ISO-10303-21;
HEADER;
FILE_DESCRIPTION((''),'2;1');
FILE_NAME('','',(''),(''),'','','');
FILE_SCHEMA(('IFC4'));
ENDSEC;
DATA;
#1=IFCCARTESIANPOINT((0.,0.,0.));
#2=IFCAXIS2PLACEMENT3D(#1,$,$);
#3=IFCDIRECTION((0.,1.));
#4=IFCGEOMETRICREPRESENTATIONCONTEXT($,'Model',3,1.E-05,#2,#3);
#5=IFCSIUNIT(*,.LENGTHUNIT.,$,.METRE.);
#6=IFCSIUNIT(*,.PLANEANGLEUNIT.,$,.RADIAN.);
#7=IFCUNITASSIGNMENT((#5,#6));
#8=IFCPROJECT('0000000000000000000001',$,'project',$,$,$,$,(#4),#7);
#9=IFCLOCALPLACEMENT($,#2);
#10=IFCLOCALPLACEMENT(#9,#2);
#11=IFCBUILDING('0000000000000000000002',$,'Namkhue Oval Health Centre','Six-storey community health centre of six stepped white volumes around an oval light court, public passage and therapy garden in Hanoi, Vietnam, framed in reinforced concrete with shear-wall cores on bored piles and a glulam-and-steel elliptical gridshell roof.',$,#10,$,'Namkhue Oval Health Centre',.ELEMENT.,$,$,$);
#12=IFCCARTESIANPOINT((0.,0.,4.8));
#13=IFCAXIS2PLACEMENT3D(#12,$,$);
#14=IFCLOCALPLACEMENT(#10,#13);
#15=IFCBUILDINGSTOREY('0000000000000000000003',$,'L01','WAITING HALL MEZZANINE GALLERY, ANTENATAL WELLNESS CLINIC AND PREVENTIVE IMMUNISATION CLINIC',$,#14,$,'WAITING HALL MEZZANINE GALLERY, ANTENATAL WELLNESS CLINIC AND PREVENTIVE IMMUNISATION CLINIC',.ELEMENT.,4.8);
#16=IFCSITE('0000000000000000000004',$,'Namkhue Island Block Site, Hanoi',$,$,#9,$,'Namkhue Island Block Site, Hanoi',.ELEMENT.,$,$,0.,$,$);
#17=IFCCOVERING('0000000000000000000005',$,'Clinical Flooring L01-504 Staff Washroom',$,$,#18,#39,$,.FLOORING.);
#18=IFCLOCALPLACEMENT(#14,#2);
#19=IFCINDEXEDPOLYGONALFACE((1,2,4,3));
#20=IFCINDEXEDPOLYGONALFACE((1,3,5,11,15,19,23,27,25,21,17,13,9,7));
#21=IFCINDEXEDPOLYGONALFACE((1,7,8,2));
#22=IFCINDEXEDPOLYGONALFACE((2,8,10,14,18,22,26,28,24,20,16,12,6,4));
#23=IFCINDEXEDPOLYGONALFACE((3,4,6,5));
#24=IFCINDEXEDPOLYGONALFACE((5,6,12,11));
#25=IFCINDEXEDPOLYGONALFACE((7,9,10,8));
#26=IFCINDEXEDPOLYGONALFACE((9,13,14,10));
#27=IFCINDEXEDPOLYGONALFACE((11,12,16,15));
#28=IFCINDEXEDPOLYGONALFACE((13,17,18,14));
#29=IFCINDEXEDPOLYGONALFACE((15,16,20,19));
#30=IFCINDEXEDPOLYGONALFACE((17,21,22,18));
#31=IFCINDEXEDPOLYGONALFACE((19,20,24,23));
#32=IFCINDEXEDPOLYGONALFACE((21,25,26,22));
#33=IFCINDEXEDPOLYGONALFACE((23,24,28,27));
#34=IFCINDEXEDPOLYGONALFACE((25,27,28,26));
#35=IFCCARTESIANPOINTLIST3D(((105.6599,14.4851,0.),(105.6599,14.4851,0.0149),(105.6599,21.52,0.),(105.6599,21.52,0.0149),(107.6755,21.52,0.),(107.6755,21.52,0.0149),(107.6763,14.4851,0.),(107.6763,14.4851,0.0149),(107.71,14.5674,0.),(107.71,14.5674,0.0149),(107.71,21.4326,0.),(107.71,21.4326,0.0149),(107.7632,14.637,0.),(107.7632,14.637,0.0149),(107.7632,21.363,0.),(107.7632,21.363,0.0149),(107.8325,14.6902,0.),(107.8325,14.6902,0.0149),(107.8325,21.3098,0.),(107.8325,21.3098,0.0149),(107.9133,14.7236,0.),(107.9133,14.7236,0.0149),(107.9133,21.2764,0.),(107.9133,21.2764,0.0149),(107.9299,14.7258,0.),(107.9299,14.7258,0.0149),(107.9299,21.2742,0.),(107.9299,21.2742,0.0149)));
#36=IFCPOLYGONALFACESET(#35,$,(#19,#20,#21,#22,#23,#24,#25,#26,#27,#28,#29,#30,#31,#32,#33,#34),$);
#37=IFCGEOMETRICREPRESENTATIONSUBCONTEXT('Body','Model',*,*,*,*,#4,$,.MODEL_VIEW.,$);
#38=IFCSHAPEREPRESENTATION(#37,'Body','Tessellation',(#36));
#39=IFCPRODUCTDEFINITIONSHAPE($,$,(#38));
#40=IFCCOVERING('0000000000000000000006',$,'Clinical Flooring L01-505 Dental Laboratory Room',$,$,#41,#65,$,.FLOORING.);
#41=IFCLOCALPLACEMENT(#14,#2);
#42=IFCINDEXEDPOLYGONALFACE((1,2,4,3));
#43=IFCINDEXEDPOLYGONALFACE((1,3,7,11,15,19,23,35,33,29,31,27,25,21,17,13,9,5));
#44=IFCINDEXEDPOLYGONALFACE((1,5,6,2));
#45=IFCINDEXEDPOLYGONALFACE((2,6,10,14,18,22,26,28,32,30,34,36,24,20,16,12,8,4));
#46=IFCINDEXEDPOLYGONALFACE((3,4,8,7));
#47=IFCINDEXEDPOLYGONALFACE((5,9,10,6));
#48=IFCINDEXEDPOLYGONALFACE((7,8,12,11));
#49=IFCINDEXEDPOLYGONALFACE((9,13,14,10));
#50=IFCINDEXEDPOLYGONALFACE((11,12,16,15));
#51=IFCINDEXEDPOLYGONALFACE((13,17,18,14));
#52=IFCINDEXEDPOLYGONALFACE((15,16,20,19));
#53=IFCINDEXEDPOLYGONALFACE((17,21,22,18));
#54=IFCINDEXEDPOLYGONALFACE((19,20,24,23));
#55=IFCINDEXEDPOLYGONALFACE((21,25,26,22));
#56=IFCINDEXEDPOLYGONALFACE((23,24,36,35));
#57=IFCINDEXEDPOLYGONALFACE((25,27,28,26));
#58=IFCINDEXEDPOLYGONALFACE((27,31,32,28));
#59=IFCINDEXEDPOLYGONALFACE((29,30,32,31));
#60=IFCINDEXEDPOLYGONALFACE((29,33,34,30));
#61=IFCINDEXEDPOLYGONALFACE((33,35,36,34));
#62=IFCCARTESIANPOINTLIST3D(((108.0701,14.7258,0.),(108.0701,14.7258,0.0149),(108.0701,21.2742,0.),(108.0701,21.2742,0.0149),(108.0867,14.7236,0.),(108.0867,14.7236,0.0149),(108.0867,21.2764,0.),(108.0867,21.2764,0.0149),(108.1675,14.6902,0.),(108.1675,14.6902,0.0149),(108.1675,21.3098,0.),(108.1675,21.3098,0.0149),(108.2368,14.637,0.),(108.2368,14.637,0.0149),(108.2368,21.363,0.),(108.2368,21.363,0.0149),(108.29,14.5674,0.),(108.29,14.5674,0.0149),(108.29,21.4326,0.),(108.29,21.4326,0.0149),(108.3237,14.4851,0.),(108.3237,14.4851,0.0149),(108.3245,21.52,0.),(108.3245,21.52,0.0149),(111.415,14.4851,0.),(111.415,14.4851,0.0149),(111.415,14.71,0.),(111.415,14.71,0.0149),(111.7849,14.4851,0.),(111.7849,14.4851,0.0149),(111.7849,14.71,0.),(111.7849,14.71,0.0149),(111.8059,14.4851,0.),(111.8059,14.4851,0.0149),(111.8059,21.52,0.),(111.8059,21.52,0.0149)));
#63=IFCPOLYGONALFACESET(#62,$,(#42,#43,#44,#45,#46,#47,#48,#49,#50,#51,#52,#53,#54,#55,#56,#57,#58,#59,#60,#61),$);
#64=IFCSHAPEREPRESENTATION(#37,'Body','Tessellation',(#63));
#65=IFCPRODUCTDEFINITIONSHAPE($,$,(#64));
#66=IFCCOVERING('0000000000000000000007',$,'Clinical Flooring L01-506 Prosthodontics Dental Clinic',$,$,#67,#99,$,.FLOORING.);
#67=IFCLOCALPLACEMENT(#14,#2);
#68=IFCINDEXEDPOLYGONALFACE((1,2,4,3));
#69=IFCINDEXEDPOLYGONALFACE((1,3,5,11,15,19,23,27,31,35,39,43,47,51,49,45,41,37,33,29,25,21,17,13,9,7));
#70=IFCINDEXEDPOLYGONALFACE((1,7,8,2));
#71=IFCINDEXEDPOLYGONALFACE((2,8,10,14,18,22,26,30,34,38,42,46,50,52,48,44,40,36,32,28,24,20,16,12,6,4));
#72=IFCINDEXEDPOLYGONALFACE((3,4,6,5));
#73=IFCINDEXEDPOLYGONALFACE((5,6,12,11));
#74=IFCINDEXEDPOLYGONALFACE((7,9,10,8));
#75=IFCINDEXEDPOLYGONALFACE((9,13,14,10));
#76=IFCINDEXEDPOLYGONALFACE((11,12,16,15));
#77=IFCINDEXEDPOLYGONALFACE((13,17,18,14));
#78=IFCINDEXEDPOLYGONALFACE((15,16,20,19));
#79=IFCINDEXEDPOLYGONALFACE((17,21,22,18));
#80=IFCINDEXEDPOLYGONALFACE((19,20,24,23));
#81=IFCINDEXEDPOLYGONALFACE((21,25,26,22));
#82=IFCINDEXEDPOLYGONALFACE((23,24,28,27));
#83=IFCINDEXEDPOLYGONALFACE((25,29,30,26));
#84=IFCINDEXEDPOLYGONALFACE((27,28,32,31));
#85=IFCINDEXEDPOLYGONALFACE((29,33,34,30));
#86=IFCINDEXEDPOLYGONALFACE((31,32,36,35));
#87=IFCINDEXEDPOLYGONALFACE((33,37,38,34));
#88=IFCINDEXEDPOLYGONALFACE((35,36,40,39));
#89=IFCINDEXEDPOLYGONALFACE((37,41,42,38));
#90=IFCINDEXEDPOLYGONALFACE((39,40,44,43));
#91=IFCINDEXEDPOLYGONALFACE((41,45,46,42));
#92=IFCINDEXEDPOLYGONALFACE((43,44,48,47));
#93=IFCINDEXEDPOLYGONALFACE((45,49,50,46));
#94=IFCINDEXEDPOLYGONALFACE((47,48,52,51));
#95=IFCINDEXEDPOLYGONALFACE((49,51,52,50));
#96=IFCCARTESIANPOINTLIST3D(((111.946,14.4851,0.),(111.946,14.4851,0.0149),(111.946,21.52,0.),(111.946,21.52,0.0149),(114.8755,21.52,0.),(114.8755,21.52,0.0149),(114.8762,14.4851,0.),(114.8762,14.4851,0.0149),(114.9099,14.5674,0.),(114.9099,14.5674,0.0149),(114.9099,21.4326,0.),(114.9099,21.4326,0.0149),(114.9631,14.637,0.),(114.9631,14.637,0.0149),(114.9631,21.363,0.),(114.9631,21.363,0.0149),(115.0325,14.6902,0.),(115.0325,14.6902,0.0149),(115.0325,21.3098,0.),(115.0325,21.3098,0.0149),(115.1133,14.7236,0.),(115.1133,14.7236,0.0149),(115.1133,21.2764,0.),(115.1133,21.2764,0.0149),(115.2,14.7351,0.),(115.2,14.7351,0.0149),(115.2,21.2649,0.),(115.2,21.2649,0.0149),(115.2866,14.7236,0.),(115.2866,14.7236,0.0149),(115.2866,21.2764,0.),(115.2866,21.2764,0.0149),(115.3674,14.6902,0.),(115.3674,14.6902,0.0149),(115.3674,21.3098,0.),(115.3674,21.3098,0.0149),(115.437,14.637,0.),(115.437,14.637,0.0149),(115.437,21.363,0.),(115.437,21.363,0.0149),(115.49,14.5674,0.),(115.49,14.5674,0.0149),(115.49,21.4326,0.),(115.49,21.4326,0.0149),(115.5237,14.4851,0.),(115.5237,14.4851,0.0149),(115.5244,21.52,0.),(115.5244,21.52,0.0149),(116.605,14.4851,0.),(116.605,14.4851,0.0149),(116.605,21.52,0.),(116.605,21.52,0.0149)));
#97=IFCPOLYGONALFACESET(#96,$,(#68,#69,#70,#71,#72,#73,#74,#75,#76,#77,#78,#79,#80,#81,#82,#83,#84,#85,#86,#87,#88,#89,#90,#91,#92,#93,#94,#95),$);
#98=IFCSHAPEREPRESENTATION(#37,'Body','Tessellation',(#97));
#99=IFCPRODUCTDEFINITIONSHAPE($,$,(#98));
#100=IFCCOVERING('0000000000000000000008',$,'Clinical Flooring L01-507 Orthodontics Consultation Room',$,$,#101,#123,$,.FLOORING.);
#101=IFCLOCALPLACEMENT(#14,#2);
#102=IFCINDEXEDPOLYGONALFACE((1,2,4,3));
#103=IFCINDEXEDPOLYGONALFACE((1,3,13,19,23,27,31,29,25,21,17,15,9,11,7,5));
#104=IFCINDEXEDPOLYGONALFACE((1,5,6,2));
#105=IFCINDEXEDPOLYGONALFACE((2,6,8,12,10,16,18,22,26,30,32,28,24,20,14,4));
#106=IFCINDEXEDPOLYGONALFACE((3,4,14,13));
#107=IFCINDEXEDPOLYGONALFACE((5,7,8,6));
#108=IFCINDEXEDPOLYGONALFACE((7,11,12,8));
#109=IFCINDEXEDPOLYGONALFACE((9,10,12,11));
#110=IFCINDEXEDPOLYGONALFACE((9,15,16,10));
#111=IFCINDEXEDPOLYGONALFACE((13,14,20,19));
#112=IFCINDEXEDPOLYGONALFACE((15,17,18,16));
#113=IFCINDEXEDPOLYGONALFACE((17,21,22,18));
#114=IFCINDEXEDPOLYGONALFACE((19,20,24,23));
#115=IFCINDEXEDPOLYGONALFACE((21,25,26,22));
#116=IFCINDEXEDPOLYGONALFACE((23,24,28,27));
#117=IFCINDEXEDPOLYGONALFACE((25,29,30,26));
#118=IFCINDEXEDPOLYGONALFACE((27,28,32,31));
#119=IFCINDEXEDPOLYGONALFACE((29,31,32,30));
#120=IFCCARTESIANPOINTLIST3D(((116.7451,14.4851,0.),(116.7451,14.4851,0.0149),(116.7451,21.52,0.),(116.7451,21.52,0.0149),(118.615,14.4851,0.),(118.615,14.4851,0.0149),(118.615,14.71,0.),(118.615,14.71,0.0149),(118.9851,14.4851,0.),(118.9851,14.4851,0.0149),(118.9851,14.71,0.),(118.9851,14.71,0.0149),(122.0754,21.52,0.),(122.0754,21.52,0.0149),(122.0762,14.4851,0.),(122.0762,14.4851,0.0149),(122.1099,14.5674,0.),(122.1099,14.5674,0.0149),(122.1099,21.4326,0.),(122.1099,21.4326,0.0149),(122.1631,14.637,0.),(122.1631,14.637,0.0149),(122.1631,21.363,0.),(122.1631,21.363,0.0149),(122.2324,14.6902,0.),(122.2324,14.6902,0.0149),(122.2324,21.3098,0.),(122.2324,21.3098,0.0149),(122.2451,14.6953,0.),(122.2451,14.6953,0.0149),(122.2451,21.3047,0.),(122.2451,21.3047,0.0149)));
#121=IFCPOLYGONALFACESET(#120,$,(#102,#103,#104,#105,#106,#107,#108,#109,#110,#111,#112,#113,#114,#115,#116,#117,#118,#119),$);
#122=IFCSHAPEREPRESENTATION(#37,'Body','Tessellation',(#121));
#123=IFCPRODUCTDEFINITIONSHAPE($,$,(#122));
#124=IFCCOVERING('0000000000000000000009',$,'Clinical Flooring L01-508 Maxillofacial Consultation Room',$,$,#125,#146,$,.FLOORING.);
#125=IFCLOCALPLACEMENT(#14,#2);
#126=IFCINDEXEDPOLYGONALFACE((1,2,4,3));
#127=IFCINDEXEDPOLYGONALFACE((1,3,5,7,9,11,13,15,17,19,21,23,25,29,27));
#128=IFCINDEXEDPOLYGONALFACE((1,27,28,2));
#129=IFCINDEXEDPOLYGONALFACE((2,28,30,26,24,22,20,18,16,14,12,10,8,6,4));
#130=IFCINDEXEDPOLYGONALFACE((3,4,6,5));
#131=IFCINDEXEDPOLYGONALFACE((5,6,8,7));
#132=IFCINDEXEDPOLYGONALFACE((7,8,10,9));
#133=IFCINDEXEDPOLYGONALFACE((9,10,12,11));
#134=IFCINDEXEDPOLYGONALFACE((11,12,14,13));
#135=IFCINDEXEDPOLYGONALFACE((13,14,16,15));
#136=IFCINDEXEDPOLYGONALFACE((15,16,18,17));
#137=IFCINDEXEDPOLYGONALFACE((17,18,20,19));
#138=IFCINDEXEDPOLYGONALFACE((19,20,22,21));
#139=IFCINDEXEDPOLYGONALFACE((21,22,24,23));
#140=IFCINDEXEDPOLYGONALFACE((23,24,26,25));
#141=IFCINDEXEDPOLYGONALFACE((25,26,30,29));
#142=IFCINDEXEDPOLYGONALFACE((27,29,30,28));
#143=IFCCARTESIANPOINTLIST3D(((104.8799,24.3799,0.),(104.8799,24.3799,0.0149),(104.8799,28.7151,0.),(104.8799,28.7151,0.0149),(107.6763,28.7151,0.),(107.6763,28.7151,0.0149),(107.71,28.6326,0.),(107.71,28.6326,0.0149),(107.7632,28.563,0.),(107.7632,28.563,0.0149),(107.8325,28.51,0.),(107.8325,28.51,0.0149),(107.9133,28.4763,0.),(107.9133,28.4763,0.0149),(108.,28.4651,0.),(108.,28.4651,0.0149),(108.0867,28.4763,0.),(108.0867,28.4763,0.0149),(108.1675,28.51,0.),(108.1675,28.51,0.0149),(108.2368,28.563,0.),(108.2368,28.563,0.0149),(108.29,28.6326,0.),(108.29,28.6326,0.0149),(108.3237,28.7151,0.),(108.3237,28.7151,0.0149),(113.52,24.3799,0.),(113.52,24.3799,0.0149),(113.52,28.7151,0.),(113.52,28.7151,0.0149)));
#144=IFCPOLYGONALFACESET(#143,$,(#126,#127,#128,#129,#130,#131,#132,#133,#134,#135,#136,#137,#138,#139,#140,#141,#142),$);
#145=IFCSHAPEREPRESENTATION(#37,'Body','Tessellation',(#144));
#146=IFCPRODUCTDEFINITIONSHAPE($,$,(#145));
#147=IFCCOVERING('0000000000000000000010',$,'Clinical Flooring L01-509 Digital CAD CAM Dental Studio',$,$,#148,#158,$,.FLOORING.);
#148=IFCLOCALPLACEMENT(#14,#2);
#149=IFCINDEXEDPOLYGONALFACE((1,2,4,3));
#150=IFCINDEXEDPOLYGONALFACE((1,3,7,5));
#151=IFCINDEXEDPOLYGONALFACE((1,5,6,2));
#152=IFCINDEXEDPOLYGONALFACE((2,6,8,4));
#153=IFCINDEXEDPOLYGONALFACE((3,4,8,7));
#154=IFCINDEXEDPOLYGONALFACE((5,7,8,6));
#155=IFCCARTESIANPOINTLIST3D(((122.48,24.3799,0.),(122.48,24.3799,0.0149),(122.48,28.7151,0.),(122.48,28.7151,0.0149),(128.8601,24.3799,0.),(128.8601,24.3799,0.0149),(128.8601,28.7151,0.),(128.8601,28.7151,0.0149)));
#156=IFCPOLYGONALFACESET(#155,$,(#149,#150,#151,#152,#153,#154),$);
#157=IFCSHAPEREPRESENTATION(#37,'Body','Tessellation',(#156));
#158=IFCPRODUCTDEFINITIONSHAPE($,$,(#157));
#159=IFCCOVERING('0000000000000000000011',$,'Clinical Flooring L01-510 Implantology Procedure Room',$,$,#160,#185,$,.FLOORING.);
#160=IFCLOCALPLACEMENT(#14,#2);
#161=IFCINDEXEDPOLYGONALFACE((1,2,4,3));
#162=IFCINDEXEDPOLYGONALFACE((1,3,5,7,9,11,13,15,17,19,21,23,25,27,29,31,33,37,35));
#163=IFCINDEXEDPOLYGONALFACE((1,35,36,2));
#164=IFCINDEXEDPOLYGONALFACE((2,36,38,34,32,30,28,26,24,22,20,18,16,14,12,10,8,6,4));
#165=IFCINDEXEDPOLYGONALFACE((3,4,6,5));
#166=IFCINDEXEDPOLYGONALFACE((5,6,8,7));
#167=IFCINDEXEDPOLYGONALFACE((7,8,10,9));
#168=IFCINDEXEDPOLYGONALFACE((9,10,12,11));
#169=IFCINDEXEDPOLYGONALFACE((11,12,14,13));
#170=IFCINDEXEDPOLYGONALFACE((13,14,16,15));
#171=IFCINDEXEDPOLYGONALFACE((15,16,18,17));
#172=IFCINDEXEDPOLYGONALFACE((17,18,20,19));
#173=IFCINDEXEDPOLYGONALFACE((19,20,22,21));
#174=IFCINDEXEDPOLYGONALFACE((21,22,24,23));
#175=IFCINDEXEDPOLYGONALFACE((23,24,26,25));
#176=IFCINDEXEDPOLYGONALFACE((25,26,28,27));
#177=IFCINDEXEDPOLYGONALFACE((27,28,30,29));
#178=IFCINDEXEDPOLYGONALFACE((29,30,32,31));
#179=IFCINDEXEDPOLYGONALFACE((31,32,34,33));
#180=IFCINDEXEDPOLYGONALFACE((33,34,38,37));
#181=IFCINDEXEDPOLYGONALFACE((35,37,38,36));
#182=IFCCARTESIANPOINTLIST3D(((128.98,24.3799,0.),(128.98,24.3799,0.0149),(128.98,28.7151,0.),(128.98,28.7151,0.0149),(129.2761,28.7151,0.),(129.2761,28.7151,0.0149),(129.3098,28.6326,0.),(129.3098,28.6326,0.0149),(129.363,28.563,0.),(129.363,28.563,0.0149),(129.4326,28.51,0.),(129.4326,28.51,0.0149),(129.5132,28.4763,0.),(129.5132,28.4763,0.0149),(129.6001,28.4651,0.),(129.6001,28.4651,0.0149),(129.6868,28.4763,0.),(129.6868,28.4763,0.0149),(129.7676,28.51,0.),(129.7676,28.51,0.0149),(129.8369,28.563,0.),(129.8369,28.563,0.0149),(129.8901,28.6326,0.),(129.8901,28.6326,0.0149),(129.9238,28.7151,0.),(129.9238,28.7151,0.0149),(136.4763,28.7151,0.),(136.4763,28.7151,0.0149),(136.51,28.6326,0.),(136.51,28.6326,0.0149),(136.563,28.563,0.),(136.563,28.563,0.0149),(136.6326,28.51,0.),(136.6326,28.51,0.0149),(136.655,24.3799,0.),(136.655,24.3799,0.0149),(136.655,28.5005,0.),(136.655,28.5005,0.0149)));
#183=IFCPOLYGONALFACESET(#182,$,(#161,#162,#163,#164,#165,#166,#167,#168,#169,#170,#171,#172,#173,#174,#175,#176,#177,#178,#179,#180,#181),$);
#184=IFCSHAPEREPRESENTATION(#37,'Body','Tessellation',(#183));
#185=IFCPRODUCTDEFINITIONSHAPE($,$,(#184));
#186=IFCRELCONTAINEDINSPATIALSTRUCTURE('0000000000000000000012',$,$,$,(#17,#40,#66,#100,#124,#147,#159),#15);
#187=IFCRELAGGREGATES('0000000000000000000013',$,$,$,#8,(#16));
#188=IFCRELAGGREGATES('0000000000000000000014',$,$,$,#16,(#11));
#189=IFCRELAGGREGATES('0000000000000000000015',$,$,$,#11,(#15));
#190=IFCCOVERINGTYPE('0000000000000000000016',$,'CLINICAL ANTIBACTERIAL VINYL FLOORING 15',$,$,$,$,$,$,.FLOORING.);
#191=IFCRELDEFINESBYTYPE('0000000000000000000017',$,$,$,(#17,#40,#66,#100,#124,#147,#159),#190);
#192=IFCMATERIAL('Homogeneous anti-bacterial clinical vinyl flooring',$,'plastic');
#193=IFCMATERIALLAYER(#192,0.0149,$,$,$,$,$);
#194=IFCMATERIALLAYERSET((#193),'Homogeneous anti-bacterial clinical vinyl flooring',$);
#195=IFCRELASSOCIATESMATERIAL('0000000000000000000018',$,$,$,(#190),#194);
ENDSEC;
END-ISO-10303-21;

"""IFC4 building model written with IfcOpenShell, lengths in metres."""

from ifc_helpers import new_model, si_unit, direction, frame, origin, place, context, subcontext, project, spatial, polyline, outline, extrude, material, layer, layer_set, type_object, element, save


model = new_model("IFC4")

# Units and contexts
model_context = context("Model", 3, precision=1e-05, world=origin(), true_north=direction((0.0, 1.0)))
body_context = subcontext(model_context, "Body", "Model", "MODEL_VIEW")
ifc_project = project(units=[si_unit("LENGTHUNIT", "METRE"), si_unit("PLANEANGLEUNIT", "RADIAN")], contexts=[model_context])

# Site, building, storey
site_placement = place(None, origin())
site = spatial("IfcSite", under=ifc_project, at=site_placement, Name="Namkhue Island Block Site, Hanoi", LongName="Namkhue Island Block Site, Hanoi", CompositionType="ELEMENT", RefElevation=0.0)
building_placement = place(site_placement, origin())
building = spatial("IfcBuilding", under=site, at=building_placement, Name="Namkhue Oval Health Centre", Description="Six-storey community health centre of six stepped white volumes around an oval light court, public passage and therapy garden in Hanoi, Vietnam, framed in reinforced concrete with shear-wall cores on bored piles and a glulam-and-steel elliptical gridshell roof.", LongName="Namkhue Oval Health Centre", CompositionType="ELEMENT")
storey_placement = place(building_placement, frame((0.0, 0.0, 4.8)))
storey = spatial("IfcBuildingStorey", under=building, at=storey_placement, Name="L01", Description="WAITING HALL MEZZANINE GALLERY, ANTENATAL WELLNESS CLINIC AND PREVENTIVE IMMUNISATION CLINIC", LongName="WAITING HALL MEZZANINE GALLERY, ANTENATAL WELLNESS CLINIC AND PREVENTIVE IMMUNISATION CLINIC", CompositionType="ELEMENT", Elevation=4.8)

# Coverings
ifc_material_1 = material(Name="Homogeneous anti-bacterial clinical vinyl flooring", Category="plastic")
ifc_layer_1 = layer(ifc_material_1, 0.0149)
ifc_layer_set_1 = layer_set([ifc_layer_1], Name="Homogeneous anti-bacterial clinical vinyl flooring")
covering_type_1 = type_object("IfcCoveringType", Name="CLINICAL ANTIBACTERIAL VINYL FLOORING 15", PredefinedType="FLOORING", material=ifc_layer_set_1)
covering_1_placement = place(storey_placement, origin())
element("IfcCovering", 1, at=covering_1_placement, inside=storey, type_object=covering_type_1, Name="Clinical Flooring L01-504 Staff Washroom", PredefinedType="FLOORING", context=body_context, shape_type="SweptSolid", body=[
    extrude(outline(polyline([(105.6599, 14.4851), (105.6599, 21.52), (107.6755, 21.52), (107.71, 21.4326), (107.7632, 21.363), (107.8325, 21.3098), (107.9133, 21.2764), (107.9299, 21.2742), (107.9299, 14.7258), (107.9133, 14.7236), (107.8325, 14.6902), (107.7632, 14.637), (107.71, 14.5674), (107.6763, 14.4851), (105.6599, 14.4851)])), origin(), (0.0, 0.0, 1.0), 0.0149),
])
covering_2_placement = place(storey_placement, origin())
element("IfcCovering", 2, at=covering_2_placement, inside=storey, type_object=covering_type_1, Name="Clinical Flooring L01-505 Dental Laboratory Room", PredefinedType="FLOORING", context=body_context, shape_type="SweptSolid", body=[
    extrude(outline(polyline([(111.7849, 14.4851), (111.7849, 14.71), (111.415, 14.71), (111.415, 14.4851), (108.3237, 14.4851), (108.29, 14.5674), (108.2368, 14.637), (108.1675, 14.6902), (108.0867, 14.7236), (108.0701, 14.7258), (108.0701, 21.2742), (108.0867, 21.2764), (108.1675, 21.3098), (108.2368, 21.363), (108.29, 21.4326), (108.3245, 21.52), (111.8059, 21.52), (111.8059, 14.4851), (111.7849, 14.4851)])), origin(), (0.0, 0.0, 1.0), 0.0149),
])
covering_3_placement = place(storey_placement, origin())
element("IfcCovering", 3, at=covering_3_placement, inside=storey, type_object=covering_type_1, Name="Clinical Flooring L01-506 Prosthodontics Dental Clinic", PredefinedType="FLOORING", context=body_context, shape_type="SweptSolid", body=[
    extrude(outline(polyline([(115.5237, 14.4851), (115.49, 14.5674), (115.437, 14.637), (115.3674, 14.6902), (115.2866, 14.7236), (115.2, 14.7351), (115.1133, 14.7236), (115.0325, 14.6902), (114.9631, 14.637), (114.9099, 14.5674), (114.8762, 14.4851), (111.946, 14.4851), (111.946, 21.52), (114.8755, 21.52), (114.9099, 21.4326), (114.9631, 21.363), (115.0325, 21.3098), (115.1133, 21.2764), (115.2, 21.2649), (115.2866, 21.2764), (115.3674, 21.3098), (115.437, 21.363), (115.49, 21.4326), (115.5244, 21.52), (116.605, 21.52), (116.605, 14.4851), (115.5237, 14.4851)])), origin(), (0.0, 0.0, 1.0), 0.0149),
])
covering_4_placement = place(storey_placement, origin())
element("IfcCovering", 4, at=covering_4_placement, inside=storey, type_object=covering_type_1, Name="Clinical Flooring L01-507 Orthodontics Consultation Room", PredefinedType="FLOORING", context=body_context, shape_type="SweptSolid", body=[
    extrude(outline(polyline([(118.9851, 14.4851), (118.9851, 14.71), (118.615, 14.71), (118.615, 14.4851), (116.7451, 14.4851), (116.7451, 21.52), (122.0754, 21.52), (122.1099, 21.4326), (122.1631, 21.363), (122.2324, 21.3098), (122.2451, 21.3047), (122.2451, 14.6953), (122.2324, 14.6902), (122.1631, 14.637), (122.1099, 14.5674), (122.0762, 14.4851), (118.9851, 14.4851)])), origin(), (0.0, 0.0, 1.0), 0.0149),
])
covering_5_placement = place(storey_placement, origin())
element("IfcCovering", 5, at=covering_5_placement, inside=storey, type_object=covering_type_1, Name="Clinical Flooring L01-508 Maxillofacial Consultation Room", PredefinedType="FLOORING", context=body_context, shape_type="SweptSolid", body=[
    extrude(outline(polyline([(104.8799, 24.3799), (104.8799, 28.7151), (107.6763, 28.7151), (107.71, 28.6326), (107.7632, 28.563), (107.8325, 28.51), (107.9133, 28.4763), (108.0, 28.4651), (108.0867, 28.4763), (108.1675, 28.51), (108.2368, 28.563), (108.29, 28.6326), (108.3237, 28.7151), (113.52, 28.7151), (113.52, 24.3799), (104.8799, 24.3799)])), origin(), (0.0, 0.0, 1.0), 0.0149),
])
covering_6_placement = place(storey_placement, origin())
element("IfcCovering", 6, at=covering_6_placement, inside=storey, type_object=covering_type_1, Name="Clinical Flooring L01-509 Digital CAD CAM Dental Studio", PredefinedType="FLOORING", context=body_context, shape_type="SweptSolid", body=[
    extrude(outline(polyline([(122.48, 24.3799), (122.48, 28.7151), (128.8601, 28.7151), (128.8601, 24.3799), (122.48, 24.3799)])), origin(), (0.0, 0.0, 1.0), 0.0149),
])
covering_7_placement = place(storey_placement, origin())
element("IfcCovering", 7, at=covering_7_placement, inside=storey, type_object=covering_type_1, Name="Clinical Flooring L01-510 Implantology Procedure Room", PredefinedType="FLOORING", context=body_context, shape_type="SweptSolid", body=[
    extrude(outline(polyline([(128.98, 24.3799), (128.98, 28.7151), (129.2761, 28.7151), (129.3098, 28.6326), (129.363, 28.563), (129.4326, 28.51), (129.5132, 28.4763), (129.6001, 28.4651), (129.6868, 28.4763), (129.7676, 28.51), (129.8369, 28.563), (129.8901, 28.6326), (129.9238, 28.7151), (136.4763, 28.7151), (136.51, 28.6326), (136.563, 28.563), (136.6326, 28.51), (136.655, 28.5005), (136.655, 24.3799), (128.98, 24.3799)])), origin(), (0.0, 0.0, 1.0), 0.0149),
])

save(model, "model.ifc")
